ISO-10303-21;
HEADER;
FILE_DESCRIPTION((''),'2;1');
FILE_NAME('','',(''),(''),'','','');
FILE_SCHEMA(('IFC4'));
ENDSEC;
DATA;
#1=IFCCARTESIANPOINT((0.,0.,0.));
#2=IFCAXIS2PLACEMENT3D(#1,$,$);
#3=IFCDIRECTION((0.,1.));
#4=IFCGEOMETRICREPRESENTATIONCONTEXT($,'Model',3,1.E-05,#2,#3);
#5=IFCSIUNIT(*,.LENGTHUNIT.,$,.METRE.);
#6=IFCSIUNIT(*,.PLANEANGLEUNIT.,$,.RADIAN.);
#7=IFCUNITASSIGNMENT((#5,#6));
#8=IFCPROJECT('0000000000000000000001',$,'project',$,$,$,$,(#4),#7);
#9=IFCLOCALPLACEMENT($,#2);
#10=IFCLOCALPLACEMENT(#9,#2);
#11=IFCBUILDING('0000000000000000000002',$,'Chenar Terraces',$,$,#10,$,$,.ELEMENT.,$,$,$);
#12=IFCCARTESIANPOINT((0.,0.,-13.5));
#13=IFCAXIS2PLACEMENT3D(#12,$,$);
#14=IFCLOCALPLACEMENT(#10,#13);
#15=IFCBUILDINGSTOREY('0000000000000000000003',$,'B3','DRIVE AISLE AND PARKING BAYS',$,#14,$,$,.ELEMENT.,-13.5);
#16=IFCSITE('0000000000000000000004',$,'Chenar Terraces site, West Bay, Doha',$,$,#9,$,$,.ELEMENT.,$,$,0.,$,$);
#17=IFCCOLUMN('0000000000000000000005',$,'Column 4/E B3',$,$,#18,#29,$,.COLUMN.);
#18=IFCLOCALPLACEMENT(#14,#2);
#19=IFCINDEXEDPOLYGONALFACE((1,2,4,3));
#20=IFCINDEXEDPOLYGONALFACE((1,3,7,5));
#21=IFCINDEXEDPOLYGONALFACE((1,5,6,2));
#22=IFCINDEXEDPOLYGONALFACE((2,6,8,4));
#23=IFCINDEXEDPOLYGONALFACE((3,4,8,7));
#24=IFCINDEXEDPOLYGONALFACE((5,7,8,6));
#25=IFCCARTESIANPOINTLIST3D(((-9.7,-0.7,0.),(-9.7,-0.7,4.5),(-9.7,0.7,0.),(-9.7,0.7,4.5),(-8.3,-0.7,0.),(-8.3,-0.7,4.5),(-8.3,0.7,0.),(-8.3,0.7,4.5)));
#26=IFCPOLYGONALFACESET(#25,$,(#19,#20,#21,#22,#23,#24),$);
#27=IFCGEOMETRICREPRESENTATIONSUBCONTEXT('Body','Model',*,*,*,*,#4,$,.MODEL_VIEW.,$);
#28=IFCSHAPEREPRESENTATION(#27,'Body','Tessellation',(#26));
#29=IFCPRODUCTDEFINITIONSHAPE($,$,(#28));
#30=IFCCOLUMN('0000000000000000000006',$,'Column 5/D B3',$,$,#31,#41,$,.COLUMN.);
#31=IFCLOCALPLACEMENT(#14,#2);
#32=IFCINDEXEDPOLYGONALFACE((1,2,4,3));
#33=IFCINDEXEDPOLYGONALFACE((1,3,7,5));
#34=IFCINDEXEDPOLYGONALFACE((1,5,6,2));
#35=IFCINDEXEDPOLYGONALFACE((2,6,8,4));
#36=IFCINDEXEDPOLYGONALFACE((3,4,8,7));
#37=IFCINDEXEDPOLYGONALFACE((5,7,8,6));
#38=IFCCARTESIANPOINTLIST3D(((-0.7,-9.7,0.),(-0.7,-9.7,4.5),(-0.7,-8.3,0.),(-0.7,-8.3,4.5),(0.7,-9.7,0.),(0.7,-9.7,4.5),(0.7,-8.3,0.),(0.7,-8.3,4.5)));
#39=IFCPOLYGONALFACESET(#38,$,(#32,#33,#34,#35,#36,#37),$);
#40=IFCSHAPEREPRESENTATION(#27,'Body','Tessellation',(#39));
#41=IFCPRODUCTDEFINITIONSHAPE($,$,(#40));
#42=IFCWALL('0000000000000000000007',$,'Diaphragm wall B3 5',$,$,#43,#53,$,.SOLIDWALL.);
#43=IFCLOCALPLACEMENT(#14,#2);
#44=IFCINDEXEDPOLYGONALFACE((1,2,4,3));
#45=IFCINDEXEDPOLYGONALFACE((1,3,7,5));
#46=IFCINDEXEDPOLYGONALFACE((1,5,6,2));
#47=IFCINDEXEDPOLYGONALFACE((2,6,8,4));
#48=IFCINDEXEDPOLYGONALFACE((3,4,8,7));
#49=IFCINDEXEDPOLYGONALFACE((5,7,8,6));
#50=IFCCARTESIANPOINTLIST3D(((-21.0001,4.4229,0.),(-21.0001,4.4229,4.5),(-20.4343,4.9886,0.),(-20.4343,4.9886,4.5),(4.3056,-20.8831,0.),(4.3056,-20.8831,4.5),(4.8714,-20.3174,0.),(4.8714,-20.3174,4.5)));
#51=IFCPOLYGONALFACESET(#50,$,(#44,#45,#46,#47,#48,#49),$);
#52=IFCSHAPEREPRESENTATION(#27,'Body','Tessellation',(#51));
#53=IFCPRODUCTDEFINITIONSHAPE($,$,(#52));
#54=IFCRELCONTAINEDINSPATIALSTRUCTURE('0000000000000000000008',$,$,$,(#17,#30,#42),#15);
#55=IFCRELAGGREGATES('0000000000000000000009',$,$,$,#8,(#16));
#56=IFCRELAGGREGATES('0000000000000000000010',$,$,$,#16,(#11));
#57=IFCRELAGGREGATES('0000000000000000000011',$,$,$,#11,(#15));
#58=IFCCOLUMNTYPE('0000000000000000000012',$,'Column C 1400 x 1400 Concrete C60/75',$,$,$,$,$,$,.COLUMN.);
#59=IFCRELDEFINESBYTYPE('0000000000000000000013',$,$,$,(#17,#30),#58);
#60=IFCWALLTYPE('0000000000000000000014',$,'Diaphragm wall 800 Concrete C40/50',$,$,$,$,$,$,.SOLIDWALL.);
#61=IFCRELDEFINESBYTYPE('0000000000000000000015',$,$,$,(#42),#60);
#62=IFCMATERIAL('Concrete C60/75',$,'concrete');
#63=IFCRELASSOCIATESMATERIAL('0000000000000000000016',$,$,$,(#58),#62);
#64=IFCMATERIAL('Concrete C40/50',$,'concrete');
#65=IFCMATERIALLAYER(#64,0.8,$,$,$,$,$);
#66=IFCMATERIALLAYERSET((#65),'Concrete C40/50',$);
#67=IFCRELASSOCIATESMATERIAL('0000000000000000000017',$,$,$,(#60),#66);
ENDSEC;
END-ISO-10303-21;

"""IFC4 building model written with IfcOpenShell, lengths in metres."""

from ifc_helpers import new_model, si_unit, direction, frame, frame_2d, origin, origin_2d, place, context, subcontext, project, spatial, rectangle, extrude, material, layer, layer_set, material_profile, profile_set, type_object, element, save


model = new_model("IFC4")

# Units and contexts
model_context = context("Model", 3, precision=1e-05, world=origin(), true_north=direction((0.0, 1.0)))
body_context = subcontext(model_context, "Body", "Model", "MODEL_VIEW")
ifc_project = project(units=[si_unit("LENGTHUNIT", "METRE"), si_unit("PLANEANGLEUNIT", "RADIAN")], contexts=[model_context])

# Site, building, storey
site_placement = place(None, origin())
site = spatial("IfcSite", under=ifc_project, at=site_placement, Name="Chenar Terraces site, West Bay, Doha", CompositionType="ELEMENT", RefElevation=0.0)
building_placement = place(site_placement, origin())
building = spatial("IfcBuilding", under=site, at=building_placement, Name="Chenar Terraces", CompositionType="ELEMENT")
storey_placement = place(building_placement, frame((0.0, 0.0, -13.5)))
storey = spatial("IfcBuildingStorey", under=building, at=storey_placement, Name="B3", Description="DRIVE AISLE AND PARKING BAYS", CompositionType="ELEMENT", Elevation=-13.5)

# Columns
ifc_material_1 = material(Name="Concrete C60/75", Category="concrete")
ifc_material_profile_1 = material_profile(ifc_material_1, rectangle(XDim=1.3999, YDim=1.3999, at=origin_2d()), Name="C 1400 x 1400")
ifc_profile_set_1 = profile_set([ifc_material_profile_1], Name="Concrete C60/75")
column_type = type_object("IfcColumnType", Name="Column C 1400 x 1400 Concrete C60/75", PredefinedType="COLUMN", material=ifc_profile_set_1)
for number, where, z_axis, x_axis, name in (
    (1, (-9.0, 0.0, 0.0), (0.0, 0.0, 1.0), (1.0, 0.0, 0.0), "Column 4/E B3"),
    (2, (0.0, -9.0, 0.0), (0.0, 0.0, 1.0), (1.0, 0.0, 0.0), "Column 5/D B3"),
):
    element("IfcColumn", number, at=place(storey_placement, frame(where, z_axis=z_axis, x_axis=x_axis)), inside=storey, type_object=column_type, Name=name, PredefinedType="COLUMN", context=body_context, shape_type="SweptSolid", body=[
        extrude(rectangle(XDim=1.3999, YDim=1.3999, at=origin_2d()), origin(), (0.0, 0.0, 1.0), 4.5),
    ])

# Wall
ifc_material_2 = material(Name="Concrete C40/50", Category="concrete")
ifc_layer_1 = layer(ifc_material_2, 0.8)
ifc_layer_set_1 = layer_set([ifc_layer_1], Name="Concrete C40/50")
wall_type = type_object("IfcWallType", Name="Diaphragm wall 800 Concrete C40/50", PredefinedType="SOLIDWALL", material=ifc_layer_set_1)
wall_placement = place(storey_placement, frame((-20.7173, 4.7058, 0.0), z_axis=(0.0, 0.0, 1.0), x_axis=(0.707103, -0.70711, 0.0)))
element("IfcWall", 3, at=wall_placement, inside=storey, type_object=wall_type, Name="Diaphragm wall B3 5", PredefinedType="SOLIDWALL", context=body_context, shape_type="SweptSolid", body=[
    extrude(rectangle(XDim=35.7878, YDim=0.8, at=frame_2d((17.894, 0.0))), origin(), (0.0, 0.0, 1.0), 4.5),
])

save(model, "model.ifc")
